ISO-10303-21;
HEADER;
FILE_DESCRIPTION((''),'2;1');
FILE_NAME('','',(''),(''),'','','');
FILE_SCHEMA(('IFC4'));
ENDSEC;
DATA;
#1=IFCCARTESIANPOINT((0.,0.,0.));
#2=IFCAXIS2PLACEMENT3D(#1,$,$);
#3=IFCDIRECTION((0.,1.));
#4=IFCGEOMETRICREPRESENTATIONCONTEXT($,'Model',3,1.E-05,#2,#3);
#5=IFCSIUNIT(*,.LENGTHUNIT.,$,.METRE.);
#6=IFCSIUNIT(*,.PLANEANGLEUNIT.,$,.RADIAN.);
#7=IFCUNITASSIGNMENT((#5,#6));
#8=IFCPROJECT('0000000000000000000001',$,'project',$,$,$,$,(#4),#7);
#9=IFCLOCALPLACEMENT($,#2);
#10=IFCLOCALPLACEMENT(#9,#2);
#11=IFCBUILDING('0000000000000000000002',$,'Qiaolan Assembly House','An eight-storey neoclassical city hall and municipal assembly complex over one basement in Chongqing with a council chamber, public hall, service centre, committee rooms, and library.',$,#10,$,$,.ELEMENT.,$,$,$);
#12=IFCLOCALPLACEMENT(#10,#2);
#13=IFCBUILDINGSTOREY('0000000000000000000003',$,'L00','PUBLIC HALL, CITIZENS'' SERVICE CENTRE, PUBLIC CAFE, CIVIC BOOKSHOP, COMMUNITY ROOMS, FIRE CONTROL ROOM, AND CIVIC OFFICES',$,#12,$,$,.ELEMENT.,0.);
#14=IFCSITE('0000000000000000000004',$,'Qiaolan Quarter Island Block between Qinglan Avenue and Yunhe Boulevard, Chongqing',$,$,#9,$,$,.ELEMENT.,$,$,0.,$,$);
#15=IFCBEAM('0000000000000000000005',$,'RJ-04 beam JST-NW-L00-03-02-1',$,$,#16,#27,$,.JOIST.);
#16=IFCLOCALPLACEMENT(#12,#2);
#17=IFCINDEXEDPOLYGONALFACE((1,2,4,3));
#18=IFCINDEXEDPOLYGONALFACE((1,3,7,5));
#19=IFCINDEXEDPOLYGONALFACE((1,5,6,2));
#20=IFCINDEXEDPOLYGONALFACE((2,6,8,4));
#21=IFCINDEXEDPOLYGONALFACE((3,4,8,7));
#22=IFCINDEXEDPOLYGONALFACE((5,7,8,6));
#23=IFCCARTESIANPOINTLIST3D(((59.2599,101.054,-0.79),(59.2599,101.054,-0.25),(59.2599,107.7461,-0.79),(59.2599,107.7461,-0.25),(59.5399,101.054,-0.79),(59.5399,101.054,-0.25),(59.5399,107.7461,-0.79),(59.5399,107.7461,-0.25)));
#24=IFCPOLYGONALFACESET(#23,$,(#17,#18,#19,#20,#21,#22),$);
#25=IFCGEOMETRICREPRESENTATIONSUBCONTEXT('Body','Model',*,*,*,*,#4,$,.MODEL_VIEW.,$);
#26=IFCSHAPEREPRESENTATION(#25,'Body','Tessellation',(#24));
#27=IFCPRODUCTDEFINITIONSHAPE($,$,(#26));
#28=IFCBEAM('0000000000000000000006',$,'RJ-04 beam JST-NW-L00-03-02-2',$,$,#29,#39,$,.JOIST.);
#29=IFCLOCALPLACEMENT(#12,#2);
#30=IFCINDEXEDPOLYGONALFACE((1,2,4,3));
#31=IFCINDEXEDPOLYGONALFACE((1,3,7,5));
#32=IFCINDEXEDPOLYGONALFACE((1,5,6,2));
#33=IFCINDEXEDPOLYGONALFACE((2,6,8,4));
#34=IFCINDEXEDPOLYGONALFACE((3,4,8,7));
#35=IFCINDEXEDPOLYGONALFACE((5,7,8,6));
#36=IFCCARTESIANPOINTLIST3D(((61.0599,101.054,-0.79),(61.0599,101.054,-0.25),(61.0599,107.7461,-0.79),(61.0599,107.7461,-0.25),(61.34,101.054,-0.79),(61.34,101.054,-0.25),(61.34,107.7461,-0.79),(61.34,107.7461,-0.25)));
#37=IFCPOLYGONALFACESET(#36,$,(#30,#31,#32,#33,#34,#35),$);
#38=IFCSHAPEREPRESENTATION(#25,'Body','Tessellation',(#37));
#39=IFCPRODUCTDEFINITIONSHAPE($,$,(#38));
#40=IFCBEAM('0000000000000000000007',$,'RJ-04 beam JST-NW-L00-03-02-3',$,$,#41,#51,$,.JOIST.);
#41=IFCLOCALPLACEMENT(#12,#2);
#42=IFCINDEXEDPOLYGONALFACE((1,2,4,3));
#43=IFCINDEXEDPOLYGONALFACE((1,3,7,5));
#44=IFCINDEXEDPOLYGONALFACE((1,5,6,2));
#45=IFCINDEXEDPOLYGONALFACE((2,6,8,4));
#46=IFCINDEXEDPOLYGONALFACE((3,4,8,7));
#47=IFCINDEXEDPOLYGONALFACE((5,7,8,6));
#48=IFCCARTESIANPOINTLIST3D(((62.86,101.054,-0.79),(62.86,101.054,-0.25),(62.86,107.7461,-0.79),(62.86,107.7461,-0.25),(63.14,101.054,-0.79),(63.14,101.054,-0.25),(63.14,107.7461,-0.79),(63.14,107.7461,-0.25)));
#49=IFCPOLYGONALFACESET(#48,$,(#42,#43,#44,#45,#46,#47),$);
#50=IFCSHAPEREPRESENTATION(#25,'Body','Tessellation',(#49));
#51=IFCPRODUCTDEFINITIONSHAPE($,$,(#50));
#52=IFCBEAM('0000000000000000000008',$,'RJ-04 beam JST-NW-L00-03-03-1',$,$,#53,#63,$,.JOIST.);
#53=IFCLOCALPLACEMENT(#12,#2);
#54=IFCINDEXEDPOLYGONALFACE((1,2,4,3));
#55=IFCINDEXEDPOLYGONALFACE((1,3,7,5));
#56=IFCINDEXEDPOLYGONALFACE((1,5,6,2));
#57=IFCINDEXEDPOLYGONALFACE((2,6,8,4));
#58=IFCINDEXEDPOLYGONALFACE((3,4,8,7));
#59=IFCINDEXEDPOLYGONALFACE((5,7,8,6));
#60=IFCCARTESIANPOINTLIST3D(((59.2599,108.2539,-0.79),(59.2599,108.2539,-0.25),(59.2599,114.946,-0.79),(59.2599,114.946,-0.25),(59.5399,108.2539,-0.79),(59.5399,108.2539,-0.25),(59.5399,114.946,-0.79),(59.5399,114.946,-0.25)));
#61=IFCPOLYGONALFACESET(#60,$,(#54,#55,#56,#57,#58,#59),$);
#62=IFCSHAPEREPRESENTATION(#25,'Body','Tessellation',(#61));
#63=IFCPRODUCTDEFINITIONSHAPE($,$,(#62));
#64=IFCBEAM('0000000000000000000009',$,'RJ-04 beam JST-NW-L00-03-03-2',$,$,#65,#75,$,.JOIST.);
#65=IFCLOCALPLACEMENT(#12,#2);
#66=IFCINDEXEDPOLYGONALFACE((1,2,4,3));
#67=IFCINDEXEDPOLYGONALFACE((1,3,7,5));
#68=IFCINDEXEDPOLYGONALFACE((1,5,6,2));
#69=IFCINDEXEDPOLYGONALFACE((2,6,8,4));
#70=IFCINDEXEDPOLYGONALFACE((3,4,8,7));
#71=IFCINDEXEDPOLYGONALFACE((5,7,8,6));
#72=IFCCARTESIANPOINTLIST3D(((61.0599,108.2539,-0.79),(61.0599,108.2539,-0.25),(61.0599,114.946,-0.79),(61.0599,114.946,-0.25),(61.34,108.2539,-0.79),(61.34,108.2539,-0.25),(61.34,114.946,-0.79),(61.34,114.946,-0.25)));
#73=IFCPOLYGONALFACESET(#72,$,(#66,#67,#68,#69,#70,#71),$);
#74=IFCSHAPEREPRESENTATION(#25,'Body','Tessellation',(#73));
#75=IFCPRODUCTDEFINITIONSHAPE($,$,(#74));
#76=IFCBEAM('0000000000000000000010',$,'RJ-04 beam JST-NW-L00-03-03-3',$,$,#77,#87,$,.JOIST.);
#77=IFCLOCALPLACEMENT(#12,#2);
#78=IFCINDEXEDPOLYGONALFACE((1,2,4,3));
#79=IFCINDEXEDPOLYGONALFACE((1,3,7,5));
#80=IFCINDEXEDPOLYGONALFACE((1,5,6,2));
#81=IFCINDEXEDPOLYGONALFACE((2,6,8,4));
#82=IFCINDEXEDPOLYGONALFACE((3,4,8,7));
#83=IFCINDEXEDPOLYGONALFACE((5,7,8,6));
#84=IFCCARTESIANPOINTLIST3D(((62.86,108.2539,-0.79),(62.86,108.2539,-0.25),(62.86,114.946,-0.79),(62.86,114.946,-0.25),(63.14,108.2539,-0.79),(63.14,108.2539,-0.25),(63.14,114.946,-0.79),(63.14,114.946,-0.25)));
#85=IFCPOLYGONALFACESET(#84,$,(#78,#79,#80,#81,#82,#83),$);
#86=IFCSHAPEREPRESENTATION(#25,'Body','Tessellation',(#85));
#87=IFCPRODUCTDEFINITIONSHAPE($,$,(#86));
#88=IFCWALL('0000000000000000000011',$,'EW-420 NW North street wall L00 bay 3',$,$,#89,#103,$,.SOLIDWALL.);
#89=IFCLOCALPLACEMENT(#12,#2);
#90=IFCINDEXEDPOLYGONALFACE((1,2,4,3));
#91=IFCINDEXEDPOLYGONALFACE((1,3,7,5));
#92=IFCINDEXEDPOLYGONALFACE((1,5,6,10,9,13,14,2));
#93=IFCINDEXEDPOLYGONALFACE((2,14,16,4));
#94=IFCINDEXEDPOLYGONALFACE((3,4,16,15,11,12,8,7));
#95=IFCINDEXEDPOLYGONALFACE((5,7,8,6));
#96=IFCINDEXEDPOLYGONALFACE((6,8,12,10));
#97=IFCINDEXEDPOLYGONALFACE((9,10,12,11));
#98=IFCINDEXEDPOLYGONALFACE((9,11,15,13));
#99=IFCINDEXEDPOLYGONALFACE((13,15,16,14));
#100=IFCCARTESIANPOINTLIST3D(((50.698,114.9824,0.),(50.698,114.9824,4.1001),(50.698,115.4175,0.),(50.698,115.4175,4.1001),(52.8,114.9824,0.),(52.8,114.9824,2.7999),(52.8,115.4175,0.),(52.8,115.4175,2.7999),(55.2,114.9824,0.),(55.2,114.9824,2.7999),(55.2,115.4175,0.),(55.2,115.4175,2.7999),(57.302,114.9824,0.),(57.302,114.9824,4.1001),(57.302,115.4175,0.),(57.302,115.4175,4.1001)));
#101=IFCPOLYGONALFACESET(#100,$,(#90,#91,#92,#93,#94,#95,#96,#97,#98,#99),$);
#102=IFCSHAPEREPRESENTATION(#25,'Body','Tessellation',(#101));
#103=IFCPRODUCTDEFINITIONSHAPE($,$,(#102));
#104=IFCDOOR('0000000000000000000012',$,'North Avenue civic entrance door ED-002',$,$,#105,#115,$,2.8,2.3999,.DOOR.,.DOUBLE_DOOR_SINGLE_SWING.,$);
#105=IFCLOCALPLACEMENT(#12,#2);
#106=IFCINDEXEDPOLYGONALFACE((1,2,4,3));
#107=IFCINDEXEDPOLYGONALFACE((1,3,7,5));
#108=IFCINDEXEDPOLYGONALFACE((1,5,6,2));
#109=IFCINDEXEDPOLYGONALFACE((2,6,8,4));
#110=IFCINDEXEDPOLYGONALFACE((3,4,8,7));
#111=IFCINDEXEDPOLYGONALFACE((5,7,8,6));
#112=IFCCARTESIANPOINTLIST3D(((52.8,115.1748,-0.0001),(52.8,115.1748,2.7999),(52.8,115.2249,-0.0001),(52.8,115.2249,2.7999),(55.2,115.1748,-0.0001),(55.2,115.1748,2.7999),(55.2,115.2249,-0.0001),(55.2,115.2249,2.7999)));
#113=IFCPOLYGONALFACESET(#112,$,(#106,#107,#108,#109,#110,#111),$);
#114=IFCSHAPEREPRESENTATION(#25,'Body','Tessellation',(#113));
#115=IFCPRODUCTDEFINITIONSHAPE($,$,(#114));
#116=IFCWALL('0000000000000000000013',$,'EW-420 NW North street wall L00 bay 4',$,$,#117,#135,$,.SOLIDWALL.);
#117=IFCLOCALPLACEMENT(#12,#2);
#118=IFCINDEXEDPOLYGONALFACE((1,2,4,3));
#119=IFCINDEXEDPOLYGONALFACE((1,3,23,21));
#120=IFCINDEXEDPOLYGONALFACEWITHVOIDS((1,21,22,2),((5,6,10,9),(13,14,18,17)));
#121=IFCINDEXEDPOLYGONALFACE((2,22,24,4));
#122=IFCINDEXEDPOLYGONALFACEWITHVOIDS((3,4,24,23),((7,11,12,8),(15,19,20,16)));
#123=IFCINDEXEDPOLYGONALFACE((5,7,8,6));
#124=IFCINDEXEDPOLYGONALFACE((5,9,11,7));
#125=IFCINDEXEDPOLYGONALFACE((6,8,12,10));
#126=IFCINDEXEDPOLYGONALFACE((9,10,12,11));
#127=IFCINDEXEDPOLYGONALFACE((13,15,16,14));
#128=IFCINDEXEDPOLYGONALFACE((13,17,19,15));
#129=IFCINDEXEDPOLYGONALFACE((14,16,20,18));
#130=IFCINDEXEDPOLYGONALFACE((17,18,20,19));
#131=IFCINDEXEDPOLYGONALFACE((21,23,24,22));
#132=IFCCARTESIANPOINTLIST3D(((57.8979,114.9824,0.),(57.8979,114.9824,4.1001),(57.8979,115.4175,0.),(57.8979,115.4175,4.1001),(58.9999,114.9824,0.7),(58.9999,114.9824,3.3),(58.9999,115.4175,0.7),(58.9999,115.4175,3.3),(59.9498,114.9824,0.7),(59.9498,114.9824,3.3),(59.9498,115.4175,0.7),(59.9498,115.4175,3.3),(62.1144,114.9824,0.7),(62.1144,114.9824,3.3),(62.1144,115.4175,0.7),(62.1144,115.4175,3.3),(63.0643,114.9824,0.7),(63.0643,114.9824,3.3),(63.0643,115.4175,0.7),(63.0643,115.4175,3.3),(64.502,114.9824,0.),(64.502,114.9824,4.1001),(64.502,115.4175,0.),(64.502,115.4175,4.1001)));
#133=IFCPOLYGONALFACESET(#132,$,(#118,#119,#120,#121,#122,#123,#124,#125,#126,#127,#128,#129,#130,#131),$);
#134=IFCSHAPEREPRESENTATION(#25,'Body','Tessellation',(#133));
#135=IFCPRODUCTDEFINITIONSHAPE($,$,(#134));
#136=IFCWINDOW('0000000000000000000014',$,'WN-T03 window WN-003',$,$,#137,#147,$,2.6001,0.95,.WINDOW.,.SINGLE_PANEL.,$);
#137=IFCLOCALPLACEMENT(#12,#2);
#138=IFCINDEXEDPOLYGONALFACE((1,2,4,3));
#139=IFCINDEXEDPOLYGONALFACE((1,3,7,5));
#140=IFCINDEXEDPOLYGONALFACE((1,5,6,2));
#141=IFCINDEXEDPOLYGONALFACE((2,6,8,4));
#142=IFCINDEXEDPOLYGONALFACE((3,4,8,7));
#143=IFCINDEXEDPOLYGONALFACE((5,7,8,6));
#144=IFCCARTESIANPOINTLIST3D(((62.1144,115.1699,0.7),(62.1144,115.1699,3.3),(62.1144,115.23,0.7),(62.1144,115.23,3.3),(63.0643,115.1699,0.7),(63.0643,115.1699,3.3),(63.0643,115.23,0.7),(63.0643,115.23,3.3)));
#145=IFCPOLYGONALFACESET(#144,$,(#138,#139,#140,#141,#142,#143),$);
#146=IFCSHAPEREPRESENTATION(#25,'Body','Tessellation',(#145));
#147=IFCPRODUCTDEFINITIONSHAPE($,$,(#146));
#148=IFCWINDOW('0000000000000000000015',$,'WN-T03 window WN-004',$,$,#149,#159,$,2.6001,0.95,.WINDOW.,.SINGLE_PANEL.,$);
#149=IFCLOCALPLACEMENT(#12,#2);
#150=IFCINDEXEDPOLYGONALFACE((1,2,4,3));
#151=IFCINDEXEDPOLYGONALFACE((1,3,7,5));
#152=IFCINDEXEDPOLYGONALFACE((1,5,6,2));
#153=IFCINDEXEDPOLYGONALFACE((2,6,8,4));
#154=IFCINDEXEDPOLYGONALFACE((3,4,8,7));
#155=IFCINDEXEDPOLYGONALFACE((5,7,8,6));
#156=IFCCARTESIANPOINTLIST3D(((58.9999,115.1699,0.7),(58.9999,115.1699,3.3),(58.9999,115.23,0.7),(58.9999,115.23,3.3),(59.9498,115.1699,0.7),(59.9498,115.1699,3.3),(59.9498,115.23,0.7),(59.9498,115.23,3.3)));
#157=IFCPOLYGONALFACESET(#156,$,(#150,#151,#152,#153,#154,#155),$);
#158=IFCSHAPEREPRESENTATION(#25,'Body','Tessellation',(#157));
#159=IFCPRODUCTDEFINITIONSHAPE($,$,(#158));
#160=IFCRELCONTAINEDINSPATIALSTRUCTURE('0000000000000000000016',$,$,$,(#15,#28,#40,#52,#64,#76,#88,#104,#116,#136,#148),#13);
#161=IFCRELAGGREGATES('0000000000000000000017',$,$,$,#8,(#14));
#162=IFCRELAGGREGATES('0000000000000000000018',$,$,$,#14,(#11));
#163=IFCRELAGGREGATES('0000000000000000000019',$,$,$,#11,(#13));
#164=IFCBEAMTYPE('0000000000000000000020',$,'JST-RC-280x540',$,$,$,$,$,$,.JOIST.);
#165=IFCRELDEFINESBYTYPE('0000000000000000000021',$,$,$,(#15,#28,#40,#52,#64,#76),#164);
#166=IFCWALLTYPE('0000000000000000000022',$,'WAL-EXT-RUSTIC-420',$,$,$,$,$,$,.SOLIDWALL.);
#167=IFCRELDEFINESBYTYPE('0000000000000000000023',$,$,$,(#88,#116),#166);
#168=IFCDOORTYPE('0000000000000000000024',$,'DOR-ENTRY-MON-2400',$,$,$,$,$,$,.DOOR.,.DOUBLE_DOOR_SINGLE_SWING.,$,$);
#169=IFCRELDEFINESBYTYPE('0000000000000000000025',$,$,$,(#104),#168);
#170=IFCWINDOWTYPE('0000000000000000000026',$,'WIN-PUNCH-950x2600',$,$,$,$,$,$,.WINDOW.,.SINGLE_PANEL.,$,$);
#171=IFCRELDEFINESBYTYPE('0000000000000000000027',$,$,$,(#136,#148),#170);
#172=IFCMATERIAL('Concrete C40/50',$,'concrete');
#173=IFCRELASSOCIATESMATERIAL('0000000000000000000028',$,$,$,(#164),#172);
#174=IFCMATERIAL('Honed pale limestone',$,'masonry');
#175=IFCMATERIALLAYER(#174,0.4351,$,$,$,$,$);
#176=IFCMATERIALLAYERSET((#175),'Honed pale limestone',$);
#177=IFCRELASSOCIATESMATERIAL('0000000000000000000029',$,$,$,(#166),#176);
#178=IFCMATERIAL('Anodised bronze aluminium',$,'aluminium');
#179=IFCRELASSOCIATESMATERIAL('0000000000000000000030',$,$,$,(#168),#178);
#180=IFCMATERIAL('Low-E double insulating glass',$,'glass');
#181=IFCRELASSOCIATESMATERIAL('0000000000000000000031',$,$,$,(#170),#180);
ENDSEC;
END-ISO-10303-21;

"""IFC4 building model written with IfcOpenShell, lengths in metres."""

from ifc_helpers import new_model, si_unit, direction, frame, frame_2d, origin, origin_2d, place, context, subcontext, project, spatial, rectangle, extrude, material, layer, layer_set, material_profile, profile_set, type_object, element, fill, save


model = new_model("IFC4")

# Units and contexts
model_context = context("Model", 3, precision=1e-05, world=origin(), true_north=direction((0.0, 1.0)))
body_context = subcontext(model_context, "Body", "Model", "MODEL_VIEW")
ifc_project = project(units=[si_unit("LENGTHUNIT", "METRE"), si_unit("PLANEANGLEUNIT", "RADIAN")], contexts=[model_context])

# Site, building, storey
site_placement = place(None, origin())
site = spatial("IfcSite", under=ifc_project, at=site_placement, Name="Qiaolan Quarter Island Block between Qinglan Avenue and Yunhe Boulevard, Chongqing", CompositionType="ELEMENT", RefElevation=0.0)
building_placement = place(site_placement, origin())
building = spatial("IfcBuilding", under=site, at=building_placement, Name="Qiaolan Assembly House", Description="An eight-storey neoclassical city hall and municipal assembly complex over one basement in Chongqing with a council chamber, public hall, service centre, committee rooms, and library.", CompositionType="ELEMENT")
storey_placement = place(building_placement, origin())
storey = spatial("IfcBuildingStorey", under=building, at=storey_placement, Name="L00", Description="PUBLIC HALL, CITIZENS' SERVICE CENTRE, PUBLIC CAFE, CIVIC BOOKSHOP, COMMUNITY ROOMS, FIRE CONTROL ROOM, AND CIVIC OFFICES", CompositionType="ELEMENT", Elevation=0.0)

# Beams
ifc_material_1 = material(Name="Concrete C40/50", Category="concrete")
ifc_material_profile_1 = material_profile(ifc_material_1, rectangle(XDim=0.28, YDim=0.54, at=origin_2d()), Name="RCB 280x540")
ifc_profile_set_1 = profile_set([ifc_material_profile_1], Name="Concrete C40/50")
beam_type_1 = type_object("IfcBeamType", Name="JST-RC-280x540", PredefinedType="JOIST", material=ifc_profile_set_1)
for number, where, z_axis, x_axis, name in (
    (1, (59.3999, 101.054, -0.52), (0.0, 1.0, 0.0), (-1.0, 0.0, 0.0), "RJ-04 beam JST-NW-L00-03-02-1"),
    (2, (61.2, 101.054, -0.52), (0.0, 1.0, 0.0), (-1.0, 0.0, 0.0), "RJ-04 beam JST-NW-L00-03-02-2"),
    (3, (63.0, 101.054, -0.52), (0.0, 1.0, 0.0), (-1.0, 0.0, 0.0), "RJ-04 beam JST-NW-L00-03-02-3"),
    (4, (59.3999, 108.2539, -0.52), (0.0, 1.0, 0.0), (-1.0, 0.0, 0.0), "RJ-04 beam JST-NW-L00-03-03-1"),
    (5, (61.2, 108.2539, -0.52), (0.0, 1.0, 0.0), (-1.0, 0.0, 0.0), "RJ-04 beam JST-NW-L00-03-03-2"),
    (6, (63.0, 108.2539, -0.52), (0.0, 1.0, 0.0), (-1.0, 0.0, 0.0), "RJ-04 beam JST-NW-L00-03-03-3"),
):
    element("IfcBeam", number, at=place(storey_placement, frame(where, z_axis=z_axis, x_axis=x_axis)), inside=storey, type_object=beam_type_1, Name=name, PredefinedType="JOIST", context=body_context, shape_type="SweptSolid", body=[
        extrude(rectangle(XDim=0.28, YDim=0.54, at=origin_2d()), origin(), (0.0, 0.0, 1.0), 6.6921),
    ])

# Wall, opening, door
ifc_material_2 = material(Name="Honed pale limestone", Category="masonry")
ifc_layer_1 = layer(ifc_material_2, 0.4351)
ifc_layer_set_1 = layer_set([ifc_layer_1], Name="Honed pale limestone")
wall_type_1 = type_object("IfcWallType", Name="WAL-EXT-RUSTIC-420", PredefinedType="SOLIDWALL", material=ifc_layer_set_1)
wall_1_placement = place(storey_placement, frame((57.302, 115.2, 0.0), z_axis=(0.0, 0.0, 1.0), x_axis=(-1.0, 0.0, 0.0)))
wall_1 = element("IfcWall", 7, at=wall_1_placement, inside=storey, type_object=wall_type_1, Name="EW-420 NW North street wall L00 bay 3", PredefinedType="SOLIDWALL", context=body_context, shape_type="SweptSolid", body=[
    extrude(rectangle(XDim=6.604, YDim=0.4351, at=frame_2d((3.302, 0.0))), origin(), (0.0, 0.0, 1.0), 4.1001),
])
opening_1_placement = place(wall_1_placement, frame((2.1021, 0.0, 0.0)))
opening_1 = element("IfcOpeningElement", 8, at=opening_1_placement, cuts=wall_1, PredefinedType="OPENING", context=body_context, shape_type="SweptSolid", body=[
    extrude(rectangle(XDim=2.3999, YDim=2.8, at=frame_2d((1.2, 1.3999))), frame((0.0, 0.2275, 0.0), z_axis=(0.0, -1.0, 0.0), x_axis=(1.0, 0.0, 0.0)), (0.0, 0.0, 1.0), 0.4551),
])
ifc_material_3 = material(Name="Anodised bronze aluminium", Category="aluminium")
door_type_1 = type_object("IfcDoorType", Name="DOR-ENTRY-MON-2400", OperationType="DOUBLE_DOOR_SINGLE_SWING", PredefinedType="DOOR", material=ifc_material_3)
door_1_placement = place(opening_1_placement, frame((2.3999, 0.0, 0.0), z_axis=(0.0, 0.0, 1.0), x_axis=(-1.0, 0.0, 0.0)))
door_1 = element("IfcDoor", 9, at=door_1_placement, inside=storey, type_object=door_type_1, Name="North Avenue civic entrance door ED-002", OperationType="DOUBLE_DOOR_SINGLE_SWING", OverallHeight=2.8, OverallWidth=2.3999, PredefinedType="DOOR", context=body_context, shape_type="SweptSolid", body=[
    extrude(rectangle(XDim=2.3999, YDim=2.8, at=frame_2d((1.2, 1.3999))), frame((0.0, 0.0249, 0.0), z_axis=(0.0, -1.0, 0.0), x_axis=(1.0, 0.0, 0.0)), (0.0, 0.0, 1.0), 0.05),
])
fill(opening_1, door_1)

# Wall, openings, windows
wall_2_placement = place(storey_placement, frame((64.502, 115.2, 0.0), z_axis=(0.0, 0.0, 1.0), x_axis=(-1.0, 0.0, 0.0)))
wall_2 = element("IfcWall", 10, at=wall_2_placement, inside=storey, type_object=wall_type_1, Name="EW-420 NW North street wall L00 bay 4", PredefinedType="SOLIDWALL", context=body_context, shape_type="SweptSolid", body=[
    extrude(rectangle(XDim=6.604, YDim=0.4351, at=frame_2d((3.302, 0.0))), origin(), (0.0, 0.0, 1.0), 4.1001),
])
opening_2_placement = place(wall_2_placement, frame((1.4375, 0.0, 0.7)))
opening_2 = element("IfcOpeningElement", 11, at=opening_2_placement, cuts=wall_2, PredefinedType="OPENING", context=body_context, shape_type="SweptSolid", body=[
    extrude(rectangle(XDim=0.95, YDim=2.6001, at=frame_2d((0.4751, 1.3))), frame((0.0, 0.2275, 0.0), z_axis=(0.0, -1.0, 0.0), x_axis=(1.0, 0.0, 0.0)), (0.0, 0.0, 1.0), 0.4551),
])
opening_3_placement = place(wall_2_placement, frame((4.552, 0.0, 0.7)))
opening_3 = element("IfcOpeningElement", 12, at=opening_3_placement, cuts=wall_2, PredefinedType="OPENING", context=body_context, shape_type="SweptSolid", body=[
    extrude(rectangle(XDim=0.95, YDim=2.6001, at=frame_2d((0.4751, 1.3))), frame((0.0, 0.2275, 0.0), z_axis=(0.0, -1.0, 0.0), x_axis=(1.0, 0.0, 0.0)), (0.0, 0.0, 1.0), 0.4551),
])
ifc_material_4 = material(Name="Low-E double insulating glass", Category="glass")
window_type = type_object("IfcWindowType", Name="WIN-PUNCH-950x2600", PartitioningType="SINGLE_PANEL", PredefinedType="WINDOW", material=ifc_material_4)
window_1_placement = place(opening_2_placement, origin())
window_1 = element("IfcWindow", 13, at=window_1_placement, inside=storey, type_object=window_type, Name="WN-T03 window WN-003", OverallHeight=2.6001, OverallWidth=0.95, PartitioningType="SINGLE_PANEL", PredefinedType="WINDOW", context=body_context, shape_type="SweptSolid", body=[
    extrude(rectangle(XDim=0.95, YDim=2.6001, at=frame_2d((0.4751, 1.3))), frame((0.0, 0.03, 0.0), z_axis=(0.0, -1.0, 0.0), x_axis=(1.0, 0.0, 0.0)), (0.0, 0.0, 1.0), 0.0601),
])
fill(opening_2, window_1)
window_2_placement = place(opening_3_placement, origin())
window_2 = element("IfcWindow", 14, at=window_2_placement, inside=storey, type_object=window_type, Name="WN-T03 window WN-004", OverallHeight=2.6001, OverallWidth=0.95, PartitioningType="SINGLE_PANEL", PredefinedType="WINDOW", context=body_context, shape_type="SweptSolid", body=[
    extrude(rectangle(XDim=0.95, YDim=2.6001, at=frame_2d((0.4751, 1.3))), frame((0.0, 0.03, 0.0), z_axis=(0.0, -1.0, 0.0), x_axis=(1.0, 0.0, 0.0)), (0.0, 0.0, 1.0), 0.0601),
])
fill(opening_3, window_2)

save(model, "model.ifc")
